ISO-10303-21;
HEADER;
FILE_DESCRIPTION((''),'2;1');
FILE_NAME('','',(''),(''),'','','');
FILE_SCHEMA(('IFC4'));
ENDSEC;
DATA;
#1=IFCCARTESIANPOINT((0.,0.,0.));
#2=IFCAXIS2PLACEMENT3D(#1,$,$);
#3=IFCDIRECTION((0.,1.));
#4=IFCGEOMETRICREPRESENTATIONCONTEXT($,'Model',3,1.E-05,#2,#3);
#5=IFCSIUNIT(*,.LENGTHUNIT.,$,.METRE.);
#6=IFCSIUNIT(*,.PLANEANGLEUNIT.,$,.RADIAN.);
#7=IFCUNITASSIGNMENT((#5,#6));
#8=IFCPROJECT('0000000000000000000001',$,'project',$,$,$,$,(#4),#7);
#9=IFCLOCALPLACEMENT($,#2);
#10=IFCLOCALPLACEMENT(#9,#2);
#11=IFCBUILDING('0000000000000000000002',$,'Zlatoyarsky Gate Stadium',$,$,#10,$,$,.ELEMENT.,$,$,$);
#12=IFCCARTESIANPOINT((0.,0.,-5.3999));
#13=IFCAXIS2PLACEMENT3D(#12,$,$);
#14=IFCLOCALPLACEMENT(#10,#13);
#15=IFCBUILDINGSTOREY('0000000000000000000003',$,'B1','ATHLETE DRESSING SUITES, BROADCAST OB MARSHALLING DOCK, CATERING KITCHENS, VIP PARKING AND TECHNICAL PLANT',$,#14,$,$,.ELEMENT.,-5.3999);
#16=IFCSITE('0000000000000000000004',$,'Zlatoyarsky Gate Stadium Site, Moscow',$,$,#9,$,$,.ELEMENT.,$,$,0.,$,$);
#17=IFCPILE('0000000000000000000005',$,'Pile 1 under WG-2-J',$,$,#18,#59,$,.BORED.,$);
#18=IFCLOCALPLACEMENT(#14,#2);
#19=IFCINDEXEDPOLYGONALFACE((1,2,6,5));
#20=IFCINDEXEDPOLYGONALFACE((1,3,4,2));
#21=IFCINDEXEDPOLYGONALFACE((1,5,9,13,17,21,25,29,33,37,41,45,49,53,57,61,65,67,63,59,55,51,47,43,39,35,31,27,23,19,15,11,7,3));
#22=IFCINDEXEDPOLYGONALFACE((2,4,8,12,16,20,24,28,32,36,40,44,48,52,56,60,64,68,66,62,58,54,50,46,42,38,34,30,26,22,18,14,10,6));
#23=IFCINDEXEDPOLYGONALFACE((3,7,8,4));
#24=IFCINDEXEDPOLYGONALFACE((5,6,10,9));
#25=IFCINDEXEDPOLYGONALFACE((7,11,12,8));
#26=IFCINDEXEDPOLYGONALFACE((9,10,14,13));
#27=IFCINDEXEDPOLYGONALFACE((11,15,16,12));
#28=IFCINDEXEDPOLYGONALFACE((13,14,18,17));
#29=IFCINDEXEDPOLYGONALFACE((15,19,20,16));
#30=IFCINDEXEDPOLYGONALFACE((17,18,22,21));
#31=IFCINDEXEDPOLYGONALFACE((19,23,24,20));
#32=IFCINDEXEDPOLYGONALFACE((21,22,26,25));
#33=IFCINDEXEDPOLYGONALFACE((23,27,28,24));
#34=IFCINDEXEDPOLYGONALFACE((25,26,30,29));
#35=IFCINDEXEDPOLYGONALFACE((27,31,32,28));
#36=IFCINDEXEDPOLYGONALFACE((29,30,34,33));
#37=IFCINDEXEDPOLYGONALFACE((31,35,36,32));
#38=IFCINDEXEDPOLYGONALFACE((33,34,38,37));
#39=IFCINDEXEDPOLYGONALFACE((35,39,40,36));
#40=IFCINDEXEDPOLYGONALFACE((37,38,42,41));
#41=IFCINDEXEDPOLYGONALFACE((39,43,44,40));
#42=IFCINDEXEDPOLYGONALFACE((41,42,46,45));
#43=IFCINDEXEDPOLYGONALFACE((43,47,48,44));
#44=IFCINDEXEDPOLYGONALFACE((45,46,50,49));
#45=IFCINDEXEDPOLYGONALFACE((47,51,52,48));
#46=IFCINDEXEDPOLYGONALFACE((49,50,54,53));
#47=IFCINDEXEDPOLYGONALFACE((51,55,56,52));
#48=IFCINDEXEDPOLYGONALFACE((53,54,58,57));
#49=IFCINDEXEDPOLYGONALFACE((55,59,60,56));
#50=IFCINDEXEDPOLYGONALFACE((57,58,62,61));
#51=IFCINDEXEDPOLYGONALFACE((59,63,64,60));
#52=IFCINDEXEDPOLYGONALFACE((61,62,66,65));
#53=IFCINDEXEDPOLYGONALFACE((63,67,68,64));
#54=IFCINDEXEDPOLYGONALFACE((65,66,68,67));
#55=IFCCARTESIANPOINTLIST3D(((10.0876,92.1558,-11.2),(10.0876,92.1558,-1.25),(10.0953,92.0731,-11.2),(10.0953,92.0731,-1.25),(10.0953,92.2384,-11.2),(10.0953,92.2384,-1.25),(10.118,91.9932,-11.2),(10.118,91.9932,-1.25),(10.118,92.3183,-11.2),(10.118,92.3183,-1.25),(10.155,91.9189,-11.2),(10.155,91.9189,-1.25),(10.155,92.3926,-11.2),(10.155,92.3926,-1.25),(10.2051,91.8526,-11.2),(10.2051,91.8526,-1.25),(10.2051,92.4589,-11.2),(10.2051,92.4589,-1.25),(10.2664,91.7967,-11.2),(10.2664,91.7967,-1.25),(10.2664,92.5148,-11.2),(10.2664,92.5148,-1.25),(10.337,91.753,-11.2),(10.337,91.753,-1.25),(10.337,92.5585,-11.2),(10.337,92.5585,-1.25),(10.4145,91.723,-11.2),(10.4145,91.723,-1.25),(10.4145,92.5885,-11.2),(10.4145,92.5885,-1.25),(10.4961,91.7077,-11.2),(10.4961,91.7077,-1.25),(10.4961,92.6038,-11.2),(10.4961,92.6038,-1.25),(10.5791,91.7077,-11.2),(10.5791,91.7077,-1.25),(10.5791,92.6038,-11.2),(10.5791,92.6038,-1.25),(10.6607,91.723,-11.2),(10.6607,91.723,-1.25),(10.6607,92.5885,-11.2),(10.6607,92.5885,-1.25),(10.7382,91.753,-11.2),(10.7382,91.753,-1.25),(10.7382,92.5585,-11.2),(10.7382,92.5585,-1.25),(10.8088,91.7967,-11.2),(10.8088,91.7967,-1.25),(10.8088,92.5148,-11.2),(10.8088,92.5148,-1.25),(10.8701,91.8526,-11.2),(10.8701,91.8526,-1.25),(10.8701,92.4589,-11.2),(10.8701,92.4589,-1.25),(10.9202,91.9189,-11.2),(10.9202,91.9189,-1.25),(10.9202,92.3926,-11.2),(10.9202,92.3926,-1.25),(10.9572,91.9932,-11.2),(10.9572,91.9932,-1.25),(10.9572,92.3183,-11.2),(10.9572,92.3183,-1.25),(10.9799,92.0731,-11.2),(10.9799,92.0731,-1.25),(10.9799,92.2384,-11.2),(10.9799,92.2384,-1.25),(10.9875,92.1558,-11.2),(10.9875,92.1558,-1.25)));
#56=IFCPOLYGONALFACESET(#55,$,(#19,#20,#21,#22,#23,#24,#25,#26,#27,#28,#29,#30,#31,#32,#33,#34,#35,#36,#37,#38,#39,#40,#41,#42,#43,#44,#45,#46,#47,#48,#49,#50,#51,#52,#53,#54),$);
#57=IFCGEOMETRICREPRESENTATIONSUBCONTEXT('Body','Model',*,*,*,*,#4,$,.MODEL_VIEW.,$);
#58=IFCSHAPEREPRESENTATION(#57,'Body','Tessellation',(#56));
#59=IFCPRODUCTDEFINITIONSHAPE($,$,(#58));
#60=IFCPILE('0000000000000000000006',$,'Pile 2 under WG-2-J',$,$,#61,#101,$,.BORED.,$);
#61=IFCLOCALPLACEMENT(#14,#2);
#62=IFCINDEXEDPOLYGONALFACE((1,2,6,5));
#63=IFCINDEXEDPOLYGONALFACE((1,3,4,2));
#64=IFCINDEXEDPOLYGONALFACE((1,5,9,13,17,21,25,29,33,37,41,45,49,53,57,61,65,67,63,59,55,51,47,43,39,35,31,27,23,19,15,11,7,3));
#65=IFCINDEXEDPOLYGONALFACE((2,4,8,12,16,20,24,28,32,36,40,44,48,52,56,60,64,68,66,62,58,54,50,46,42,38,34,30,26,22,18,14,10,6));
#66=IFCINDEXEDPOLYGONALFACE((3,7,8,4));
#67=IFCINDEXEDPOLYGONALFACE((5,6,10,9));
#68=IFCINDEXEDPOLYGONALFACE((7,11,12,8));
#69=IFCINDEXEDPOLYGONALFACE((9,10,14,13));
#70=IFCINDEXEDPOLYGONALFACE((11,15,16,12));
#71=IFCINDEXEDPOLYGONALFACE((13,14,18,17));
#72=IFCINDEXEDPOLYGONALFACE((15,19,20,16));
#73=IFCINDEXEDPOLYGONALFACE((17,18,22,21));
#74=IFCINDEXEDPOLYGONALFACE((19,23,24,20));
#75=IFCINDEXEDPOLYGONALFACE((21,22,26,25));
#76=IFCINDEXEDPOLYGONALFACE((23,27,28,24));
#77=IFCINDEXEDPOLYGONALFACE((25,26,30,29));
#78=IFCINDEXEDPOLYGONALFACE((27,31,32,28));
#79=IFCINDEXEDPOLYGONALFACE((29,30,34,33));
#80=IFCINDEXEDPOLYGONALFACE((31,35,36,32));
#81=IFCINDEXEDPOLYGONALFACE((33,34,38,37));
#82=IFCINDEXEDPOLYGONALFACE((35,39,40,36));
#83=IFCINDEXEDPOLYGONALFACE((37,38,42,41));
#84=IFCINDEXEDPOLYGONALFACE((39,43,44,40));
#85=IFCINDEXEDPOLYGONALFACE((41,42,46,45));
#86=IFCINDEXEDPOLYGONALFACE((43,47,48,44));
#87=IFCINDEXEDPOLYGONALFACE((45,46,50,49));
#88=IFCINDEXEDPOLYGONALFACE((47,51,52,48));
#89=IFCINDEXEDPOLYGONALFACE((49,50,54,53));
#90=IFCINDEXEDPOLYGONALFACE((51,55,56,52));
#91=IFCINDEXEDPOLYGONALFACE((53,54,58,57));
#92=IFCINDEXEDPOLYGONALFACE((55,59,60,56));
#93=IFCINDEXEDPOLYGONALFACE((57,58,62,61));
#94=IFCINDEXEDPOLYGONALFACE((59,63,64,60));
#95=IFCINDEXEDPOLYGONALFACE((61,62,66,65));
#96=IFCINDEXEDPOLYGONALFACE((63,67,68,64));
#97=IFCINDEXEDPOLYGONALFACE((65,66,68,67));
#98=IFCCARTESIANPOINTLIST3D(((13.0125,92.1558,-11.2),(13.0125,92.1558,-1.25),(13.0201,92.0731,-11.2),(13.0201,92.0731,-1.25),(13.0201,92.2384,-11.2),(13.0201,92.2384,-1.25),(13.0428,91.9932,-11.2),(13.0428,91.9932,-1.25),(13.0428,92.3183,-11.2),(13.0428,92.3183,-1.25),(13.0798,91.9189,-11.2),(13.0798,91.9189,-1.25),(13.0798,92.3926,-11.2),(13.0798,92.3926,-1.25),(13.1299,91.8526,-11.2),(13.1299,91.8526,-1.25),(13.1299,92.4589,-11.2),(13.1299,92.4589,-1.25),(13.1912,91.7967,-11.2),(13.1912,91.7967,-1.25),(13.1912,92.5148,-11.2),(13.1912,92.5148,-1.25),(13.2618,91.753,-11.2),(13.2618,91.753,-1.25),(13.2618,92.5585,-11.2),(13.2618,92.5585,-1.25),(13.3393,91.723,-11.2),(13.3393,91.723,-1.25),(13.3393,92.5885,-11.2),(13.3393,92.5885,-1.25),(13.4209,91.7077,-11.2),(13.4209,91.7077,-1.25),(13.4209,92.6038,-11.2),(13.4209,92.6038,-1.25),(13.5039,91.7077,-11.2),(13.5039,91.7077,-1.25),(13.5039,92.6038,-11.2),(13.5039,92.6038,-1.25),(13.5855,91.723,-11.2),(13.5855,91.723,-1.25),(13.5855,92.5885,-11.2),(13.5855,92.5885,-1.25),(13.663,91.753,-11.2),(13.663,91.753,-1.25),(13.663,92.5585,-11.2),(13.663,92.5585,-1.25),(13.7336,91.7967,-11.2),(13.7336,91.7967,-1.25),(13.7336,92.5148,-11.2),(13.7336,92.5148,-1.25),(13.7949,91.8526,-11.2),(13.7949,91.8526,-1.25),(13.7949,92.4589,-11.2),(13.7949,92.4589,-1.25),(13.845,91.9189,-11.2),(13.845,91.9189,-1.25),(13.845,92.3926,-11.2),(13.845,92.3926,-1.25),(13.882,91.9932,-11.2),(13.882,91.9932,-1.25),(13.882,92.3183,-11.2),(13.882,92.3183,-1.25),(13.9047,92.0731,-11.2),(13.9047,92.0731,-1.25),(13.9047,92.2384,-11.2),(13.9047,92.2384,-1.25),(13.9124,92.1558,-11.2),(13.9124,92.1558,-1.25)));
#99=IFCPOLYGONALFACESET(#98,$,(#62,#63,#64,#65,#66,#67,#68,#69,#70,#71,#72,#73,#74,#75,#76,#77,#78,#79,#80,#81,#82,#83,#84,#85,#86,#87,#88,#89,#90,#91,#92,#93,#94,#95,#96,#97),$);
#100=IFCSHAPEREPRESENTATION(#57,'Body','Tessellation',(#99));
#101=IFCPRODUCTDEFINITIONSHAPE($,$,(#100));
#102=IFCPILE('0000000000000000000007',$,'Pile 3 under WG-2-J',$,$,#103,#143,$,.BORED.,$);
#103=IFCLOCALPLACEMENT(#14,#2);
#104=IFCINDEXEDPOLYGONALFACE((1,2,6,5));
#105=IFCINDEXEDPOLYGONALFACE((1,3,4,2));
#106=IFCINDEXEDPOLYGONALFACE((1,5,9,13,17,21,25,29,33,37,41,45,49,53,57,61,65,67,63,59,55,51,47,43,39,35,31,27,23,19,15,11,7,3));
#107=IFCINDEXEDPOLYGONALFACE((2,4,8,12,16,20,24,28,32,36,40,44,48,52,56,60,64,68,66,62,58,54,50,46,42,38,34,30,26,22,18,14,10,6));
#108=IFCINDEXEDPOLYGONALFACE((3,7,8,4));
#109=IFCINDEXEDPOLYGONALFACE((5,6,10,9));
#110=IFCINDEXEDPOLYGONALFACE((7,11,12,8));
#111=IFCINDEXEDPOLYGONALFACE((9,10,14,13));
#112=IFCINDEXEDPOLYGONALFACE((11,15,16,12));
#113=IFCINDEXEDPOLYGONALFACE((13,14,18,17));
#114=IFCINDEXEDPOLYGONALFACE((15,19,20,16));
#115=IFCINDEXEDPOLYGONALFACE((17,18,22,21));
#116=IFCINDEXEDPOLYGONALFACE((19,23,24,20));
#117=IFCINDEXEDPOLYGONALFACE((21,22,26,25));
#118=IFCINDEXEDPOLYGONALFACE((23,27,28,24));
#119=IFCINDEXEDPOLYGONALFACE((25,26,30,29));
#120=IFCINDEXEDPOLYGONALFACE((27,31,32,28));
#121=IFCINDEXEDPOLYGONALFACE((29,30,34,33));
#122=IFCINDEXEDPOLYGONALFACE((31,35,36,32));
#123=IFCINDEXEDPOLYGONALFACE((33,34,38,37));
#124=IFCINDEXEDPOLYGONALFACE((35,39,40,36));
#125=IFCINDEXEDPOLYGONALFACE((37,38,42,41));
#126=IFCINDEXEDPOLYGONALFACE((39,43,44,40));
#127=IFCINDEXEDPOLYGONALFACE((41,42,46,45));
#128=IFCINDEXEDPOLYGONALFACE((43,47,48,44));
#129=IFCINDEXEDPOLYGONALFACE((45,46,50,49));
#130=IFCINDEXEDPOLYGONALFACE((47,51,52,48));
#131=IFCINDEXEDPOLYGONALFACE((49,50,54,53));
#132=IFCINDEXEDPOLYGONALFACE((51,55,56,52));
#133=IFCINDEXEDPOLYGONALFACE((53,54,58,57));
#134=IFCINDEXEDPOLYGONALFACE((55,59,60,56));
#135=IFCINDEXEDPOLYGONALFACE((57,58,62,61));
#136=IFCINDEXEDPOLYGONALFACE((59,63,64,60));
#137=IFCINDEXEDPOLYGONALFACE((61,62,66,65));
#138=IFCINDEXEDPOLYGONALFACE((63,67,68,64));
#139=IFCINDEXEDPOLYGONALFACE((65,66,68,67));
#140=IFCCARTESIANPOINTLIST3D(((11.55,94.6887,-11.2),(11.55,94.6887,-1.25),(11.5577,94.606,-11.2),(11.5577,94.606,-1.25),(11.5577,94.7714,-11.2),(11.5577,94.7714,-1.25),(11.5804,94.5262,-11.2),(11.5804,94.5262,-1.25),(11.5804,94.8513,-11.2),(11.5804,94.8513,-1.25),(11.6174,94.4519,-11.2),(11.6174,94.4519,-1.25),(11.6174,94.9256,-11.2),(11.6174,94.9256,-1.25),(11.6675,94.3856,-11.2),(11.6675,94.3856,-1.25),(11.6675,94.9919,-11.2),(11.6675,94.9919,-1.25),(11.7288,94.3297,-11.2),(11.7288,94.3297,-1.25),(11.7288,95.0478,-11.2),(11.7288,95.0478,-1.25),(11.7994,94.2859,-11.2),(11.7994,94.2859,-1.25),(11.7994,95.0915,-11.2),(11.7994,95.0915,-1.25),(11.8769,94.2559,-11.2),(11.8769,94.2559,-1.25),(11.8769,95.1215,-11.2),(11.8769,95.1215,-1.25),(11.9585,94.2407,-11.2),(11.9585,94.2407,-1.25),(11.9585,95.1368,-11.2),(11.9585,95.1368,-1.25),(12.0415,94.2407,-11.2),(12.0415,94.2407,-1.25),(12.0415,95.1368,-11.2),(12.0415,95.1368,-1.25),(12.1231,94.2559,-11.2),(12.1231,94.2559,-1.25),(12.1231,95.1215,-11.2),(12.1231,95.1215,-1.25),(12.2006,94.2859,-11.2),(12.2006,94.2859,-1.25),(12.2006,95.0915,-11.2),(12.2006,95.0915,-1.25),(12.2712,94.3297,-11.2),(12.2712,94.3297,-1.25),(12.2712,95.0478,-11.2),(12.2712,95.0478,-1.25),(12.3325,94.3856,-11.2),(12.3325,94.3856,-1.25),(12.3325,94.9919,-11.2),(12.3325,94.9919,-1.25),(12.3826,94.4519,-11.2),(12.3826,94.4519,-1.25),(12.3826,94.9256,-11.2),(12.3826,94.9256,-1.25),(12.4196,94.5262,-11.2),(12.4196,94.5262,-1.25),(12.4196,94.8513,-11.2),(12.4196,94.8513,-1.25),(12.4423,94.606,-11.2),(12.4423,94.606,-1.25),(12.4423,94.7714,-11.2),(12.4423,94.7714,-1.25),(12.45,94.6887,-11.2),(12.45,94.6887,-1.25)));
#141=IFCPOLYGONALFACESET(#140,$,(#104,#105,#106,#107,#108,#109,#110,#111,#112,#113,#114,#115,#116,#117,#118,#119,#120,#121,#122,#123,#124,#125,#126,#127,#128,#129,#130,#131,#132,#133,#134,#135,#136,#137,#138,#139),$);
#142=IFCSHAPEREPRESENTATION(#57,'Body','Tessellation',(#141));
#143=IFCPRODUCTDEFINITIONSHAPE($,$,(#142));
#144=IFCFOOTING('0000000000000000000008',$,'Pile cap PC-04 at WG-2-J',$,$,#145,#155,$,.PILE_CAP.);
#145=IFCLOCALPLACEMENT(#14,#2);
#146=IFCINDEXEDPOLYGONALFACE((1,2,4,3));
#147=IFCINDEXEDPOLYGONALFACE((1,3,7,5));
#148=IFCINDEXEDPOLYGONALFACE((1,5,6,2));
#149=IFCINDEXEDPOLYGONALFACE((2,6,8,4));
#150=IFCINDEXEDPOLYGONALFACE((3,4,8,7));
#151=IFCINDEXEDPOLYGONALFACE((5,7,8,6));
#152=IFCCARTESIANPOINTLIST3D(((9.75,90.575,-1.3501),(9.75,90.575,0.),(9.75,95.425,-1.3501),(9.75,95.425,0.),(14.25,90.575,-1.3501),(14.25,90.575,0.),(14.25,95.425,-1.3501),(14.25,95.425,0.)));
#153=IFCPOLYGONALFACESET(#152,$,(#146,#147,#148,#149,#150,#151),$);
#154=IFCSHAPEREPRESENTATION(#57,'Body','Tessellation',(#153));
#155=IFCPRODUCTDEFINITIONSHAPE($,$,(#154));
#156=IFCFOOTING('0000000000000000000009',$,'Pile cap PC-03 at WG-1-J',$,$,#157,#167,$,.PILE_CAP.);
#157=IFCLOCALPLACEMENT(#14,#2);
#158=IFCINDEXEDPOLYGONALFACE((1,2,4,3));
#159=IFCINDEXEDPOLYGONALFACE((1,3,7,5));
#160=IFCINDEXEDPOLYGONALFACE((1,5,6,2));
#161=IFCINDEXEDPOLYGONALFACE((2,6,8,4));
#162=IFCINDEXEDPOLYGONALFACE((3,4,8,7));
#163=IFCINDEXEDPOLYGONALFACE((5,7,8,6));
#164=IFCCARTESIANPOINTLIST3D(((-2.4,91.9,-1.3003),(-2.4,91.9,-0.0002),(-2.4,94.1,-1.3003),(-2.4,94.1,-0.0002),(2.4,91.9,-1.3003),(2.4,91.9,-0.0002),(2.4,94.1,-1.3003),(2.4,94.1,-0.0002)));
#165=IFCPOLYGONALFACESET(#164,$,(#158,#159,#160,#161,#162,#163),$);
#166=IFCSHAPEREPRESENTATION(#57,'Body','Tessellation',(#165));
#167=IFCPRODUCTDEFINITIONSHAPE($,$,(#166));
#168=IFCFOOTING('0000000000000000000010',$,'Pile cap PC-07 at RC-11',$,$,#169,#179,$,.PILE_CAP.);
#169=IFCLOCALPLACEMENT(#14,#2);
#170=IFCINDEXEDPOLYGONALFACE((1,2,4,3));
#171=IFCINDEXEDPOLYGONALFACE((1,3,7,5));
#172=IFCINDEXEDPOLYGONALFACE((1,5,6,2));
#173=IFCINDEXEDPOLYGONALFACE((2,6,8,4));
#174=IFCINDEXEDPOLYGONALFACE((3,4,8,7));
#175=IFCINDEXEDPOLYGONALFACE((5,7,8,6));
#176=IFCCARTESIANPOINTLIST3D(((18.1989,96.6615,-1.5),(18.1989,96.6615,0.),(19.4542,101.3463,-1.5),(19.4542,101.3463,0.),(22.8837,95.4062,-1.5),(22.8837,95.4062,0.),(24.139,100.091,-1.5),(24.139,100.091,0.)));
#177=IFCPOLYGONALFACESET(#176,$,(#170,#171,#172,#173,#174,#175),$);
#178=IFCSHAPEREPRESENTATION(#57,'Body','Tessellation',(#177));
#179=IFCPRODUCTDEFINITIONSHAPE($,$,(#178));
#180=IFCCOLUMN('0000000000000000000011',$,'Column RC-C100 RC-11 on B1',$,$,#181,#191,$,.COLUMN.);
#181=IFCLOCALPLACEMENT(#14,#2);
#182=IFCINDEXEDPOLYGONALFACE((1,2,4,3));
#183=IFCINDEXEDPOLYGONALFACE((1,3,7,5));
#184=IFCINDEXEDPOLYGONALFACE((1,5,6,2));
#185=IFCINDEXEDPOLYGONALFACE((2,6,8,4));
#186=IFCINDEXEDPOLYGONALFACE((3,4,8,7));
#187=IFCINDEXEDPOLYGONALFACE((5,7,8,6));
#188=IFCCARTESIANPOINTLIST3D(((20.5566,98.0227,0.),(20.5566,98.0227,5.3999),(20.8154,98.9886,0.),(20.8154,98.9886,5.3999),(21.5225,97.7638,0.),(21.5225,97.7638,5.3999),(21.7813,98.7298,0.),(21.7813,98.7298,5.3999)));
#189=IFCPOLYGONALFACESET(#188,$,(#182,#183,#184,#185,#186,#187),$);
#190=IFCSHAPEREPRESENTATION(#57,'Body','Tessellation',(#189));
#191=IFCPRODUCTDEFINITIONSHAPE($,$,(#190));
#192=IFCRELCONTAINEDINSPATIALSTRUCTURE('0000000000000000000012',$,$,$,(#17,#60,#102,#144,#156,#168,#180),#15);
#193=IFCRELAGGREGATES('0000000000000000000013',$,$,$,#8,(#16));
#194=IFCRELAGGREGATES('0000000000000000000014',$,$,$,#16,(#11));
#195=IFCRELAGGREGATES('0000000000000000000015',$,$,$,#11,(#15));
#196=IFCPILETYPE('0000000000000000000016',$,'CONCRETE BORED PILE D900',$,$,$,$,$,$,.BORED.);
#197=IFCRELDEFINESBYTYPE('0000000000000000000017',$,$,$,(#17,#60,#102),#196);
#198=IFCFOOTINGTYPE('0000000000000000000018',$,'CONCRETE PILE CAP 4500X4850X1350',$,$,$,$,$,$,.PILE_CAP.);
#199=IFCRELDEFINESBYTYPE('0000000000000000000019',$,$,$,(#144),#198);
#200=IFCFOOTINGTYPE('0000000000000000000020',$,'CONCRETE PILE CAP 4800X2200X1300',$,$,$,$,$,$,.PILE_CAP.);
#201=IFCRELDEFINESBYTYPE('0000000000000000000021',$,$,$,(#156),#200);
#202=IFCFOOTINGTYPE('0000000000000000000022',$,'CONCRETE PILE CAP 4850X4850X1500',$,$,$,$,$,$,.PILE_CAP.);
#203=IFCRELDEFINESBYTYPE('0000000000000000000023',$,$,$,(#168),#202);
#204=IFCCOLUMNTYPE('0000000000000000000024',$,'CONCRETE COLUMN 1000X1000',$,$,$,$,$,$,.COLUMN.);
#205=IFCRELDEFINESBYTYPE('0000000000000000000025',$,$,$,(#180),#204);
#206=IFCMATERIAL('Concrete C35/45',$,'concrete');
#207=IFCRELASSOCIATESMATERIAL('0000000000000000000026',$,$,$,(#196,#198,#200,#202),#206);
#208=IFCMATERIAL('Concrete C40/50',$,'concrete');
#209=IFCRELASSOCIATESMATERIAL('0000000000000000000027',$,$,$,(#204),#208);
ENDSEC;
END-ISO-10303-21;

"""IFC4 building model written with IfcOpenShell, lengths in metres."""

from ifc_helpers import new_model, si_unit, direction, frame, origin, origin_2d, place, context, subcontext, project, spatial, rectangle, circle, extrude, material, material_profile, profile_set, type_object, element, save


model = new_model("IFC4")

# Units and contexts
model_context = context("Model", 3, precision=1e-05, world=origin(), true_north=direction((0.0, 1.0)))
body_context = subcontext(model_context, "Body", "Model", "MODEL_VIEW")
ifc_project = project(units=[si_unit("LENGTHUNIT", "METRE"), si_unit("PLANEANGLEUNIT", "RADIAN")], contexts=[model_context])

# Site, building, storey
site_placement = place(None, origin())
site = spatial("IfcSite", under=ifc_project, at=site_placement, Name="Zlatoyarsky Gate Stadium Site, Moscow", CompositionType="ELEMENT", RefElevation=0.0)
building_placement = place(site_placement, origin())
building = spatial("IfcBuilding", under=site, at=building_placement, Name="Zlatoyarsky Gate Stadium", CompositionType="ELEMENT")
storey_placement = place(building_placement, frame((0.0, 0.0, -5.3999)))
storey = spatial("IfcBuildingStorey", under=building, at=storey_placement, Name="B1", Description="ATHLETE DRESSING SUITES, BROADCAST OB MARSHALLING DOCK, CATERING KITCHENS, VIP PARKING AND TECHNICAL PLANT", CompositionType="ELEMENT", Elevation=-5.3999)

# Piles
ifc_material_1 = material(Name="Concrete C35/45", Category="concrete")
ifc_material_profile_1 = material_profile(ifc_material_1, circle(Radius=0.45, at=origin_2d()), Name="BORED PILE D900")
ifc_profile_set_1 = profile_set([ifc_material_profile_1], Name="Concrete C35/45")
pile_type_1 = type_object("IfcPileType", Name="CONCRETE BORED PILE D900", PredefinedType="BORED", material=ifc_profile_set_1)
for number, where, z_axis, x_axis, name in (
    (1, (10.5376, 92.1558, -1.25), (0.0, 0.0, -1.0), (1.0, 0.0, 0.0), "Pile 1 under WG-2-J"),
    (2, (13.4624, 92.1558, -1.25), (0.0, 0.0, -1.0), (1.0, 0.0, 0.0), "Pile 2 under WG-2-J"),
    (3, (12.0, 94.6887, -1.25), (0.0, 0.0, -1.0), (1.0, 0.0, 0.0), "Pile 3 under WG-2-J"),
):
    element("IfcPile", number, at=place(storey_placement, frame(where, z_axis=z_axis, x_axis=x_axis)), inside=storey, type_object=pile_type_1, Name=name, PredefinedType="BORED", context=body_context, shape_type="SweptSolid", body=[
        extrude(circle(Radius=0.45, at=origin_2d()), origin(), (0.0, 0.0, 1.0), 9.95),
    ])

# Footings
footing_type_1 = type_object("IfcFootingType", Name="CONCRETE PILE CAP 4500X4850X1350", PredefinedType="PILE_CAP", material=ifc_material_1)
footing_1_placement = place(storey_placement, frame((12.0, 93.0, -1.3501), z_axis=(0.0, 0.0, 1.0), x_axis=(1.0, 0.0, 0.0)))
element("IfcFooting", 4, at=footing_1_placement, inside=storey, type_object=footing_type_1, Name="Pile cap PC-04 at WG-2-J", PredefinedType="PILE_CAP", context=body_context, shape_type="SweptSolid", body=[
    extrude(rectangle(XDim=4.5, YDim=4.8501, at=origin_2d()), origin(), (0.0, 0.0, 1.0), 1.3501),
])
footing_type_2 = type_object("IfcFootingType", Name="CONCRETE PILE CAP 4800X2200X1300", PredefinedType="PILE_CAP", material=ifc_material_1)
footing_2_placement = place(storey_placement, frame((0.0, 93.0, -1.3003), z_axis=(0.0, 0.0, 1.0), x_axis=(1.0, 0.0, 0.0)))
element("IfcFooting", 5, at=footing_2_placement, inside=storey, type_object=footing_type_2, Name="Pile cap PC-03 at WG-1-J", PredefinedType="PILE_CAP", context=body_context, shape_type="SweptSolid", body=[
    extrude(rectangle(XDim=4.8, YDim=2.2, at=origin_2d()), origin(), (0.0, 0.0, 1.0), 1.3),
])
footing_type_3 = type_object("IfcFootingType", Name="CONCRETE PILE CAP 4850X4850X1500", PredefinedType="PILE_CAP", material=ifc_material_1)
footing_3_placement = place(storey_placement, frame((21.1689, 98.3762, -1.5), z_axis=(0.0, 0.0, 1.0), x_axis=(-0.965926, 0.258819, 0.0)))
element("IfcFooting", 6, at=footing_3_placement, inside=storey, type_object=footing_type_3, Name="Pile cap PC-07 at RC-11", PredefinedType="PILE_CAP", context=body_context, shape_type="SweptSolid", body=[
    extrude(rectangle(XDim=4.8501, YDim=4.8501, at=origin_2d()), origin(), (0.0, 0.0, 1.0), 1.5),
])

# Column
ifc_material_2 = material(Name="Concrete C40/50", Category="concrete")
ifc_material_profile_2 = material_profile(ifc_material_2, rectangle(XDim=1.0, YDim=1.0, at=origin_2d()), Name="RC COL 1000X1000")
ifc_profile_set_2 = profile_set([ifc_material_profile_2], Name="Concrete C40/50")
column_type_1 = type_object("IfcColumnType", Name="CONCRETE COLUMN 1000X1000", PredefinedType="COLUMN", material=ifc_profile_set_2)
column_placement = place(storey_placement, frame((21.1689, 98.3762, 0.0), z_axis=(0.0, 0.0, 1.0), x_axis=(-0.965926, 0.258819, 0.0)))
element("IfcColumn", 7, at=column_placement, inside=storey, type_object=column_type_1, Name="Column RC-C100 RC-11 on B1", PredefinedType="COLUMN", context=body_context, shape_type="SweptSolid", body=[
    extrude(rectangle(XDim=1.0, YDim=1.0, at=origin_2d()), origin(), (0.0, 0.0, 1.0), 5.3999),
])

save(model, "model.ifc")
